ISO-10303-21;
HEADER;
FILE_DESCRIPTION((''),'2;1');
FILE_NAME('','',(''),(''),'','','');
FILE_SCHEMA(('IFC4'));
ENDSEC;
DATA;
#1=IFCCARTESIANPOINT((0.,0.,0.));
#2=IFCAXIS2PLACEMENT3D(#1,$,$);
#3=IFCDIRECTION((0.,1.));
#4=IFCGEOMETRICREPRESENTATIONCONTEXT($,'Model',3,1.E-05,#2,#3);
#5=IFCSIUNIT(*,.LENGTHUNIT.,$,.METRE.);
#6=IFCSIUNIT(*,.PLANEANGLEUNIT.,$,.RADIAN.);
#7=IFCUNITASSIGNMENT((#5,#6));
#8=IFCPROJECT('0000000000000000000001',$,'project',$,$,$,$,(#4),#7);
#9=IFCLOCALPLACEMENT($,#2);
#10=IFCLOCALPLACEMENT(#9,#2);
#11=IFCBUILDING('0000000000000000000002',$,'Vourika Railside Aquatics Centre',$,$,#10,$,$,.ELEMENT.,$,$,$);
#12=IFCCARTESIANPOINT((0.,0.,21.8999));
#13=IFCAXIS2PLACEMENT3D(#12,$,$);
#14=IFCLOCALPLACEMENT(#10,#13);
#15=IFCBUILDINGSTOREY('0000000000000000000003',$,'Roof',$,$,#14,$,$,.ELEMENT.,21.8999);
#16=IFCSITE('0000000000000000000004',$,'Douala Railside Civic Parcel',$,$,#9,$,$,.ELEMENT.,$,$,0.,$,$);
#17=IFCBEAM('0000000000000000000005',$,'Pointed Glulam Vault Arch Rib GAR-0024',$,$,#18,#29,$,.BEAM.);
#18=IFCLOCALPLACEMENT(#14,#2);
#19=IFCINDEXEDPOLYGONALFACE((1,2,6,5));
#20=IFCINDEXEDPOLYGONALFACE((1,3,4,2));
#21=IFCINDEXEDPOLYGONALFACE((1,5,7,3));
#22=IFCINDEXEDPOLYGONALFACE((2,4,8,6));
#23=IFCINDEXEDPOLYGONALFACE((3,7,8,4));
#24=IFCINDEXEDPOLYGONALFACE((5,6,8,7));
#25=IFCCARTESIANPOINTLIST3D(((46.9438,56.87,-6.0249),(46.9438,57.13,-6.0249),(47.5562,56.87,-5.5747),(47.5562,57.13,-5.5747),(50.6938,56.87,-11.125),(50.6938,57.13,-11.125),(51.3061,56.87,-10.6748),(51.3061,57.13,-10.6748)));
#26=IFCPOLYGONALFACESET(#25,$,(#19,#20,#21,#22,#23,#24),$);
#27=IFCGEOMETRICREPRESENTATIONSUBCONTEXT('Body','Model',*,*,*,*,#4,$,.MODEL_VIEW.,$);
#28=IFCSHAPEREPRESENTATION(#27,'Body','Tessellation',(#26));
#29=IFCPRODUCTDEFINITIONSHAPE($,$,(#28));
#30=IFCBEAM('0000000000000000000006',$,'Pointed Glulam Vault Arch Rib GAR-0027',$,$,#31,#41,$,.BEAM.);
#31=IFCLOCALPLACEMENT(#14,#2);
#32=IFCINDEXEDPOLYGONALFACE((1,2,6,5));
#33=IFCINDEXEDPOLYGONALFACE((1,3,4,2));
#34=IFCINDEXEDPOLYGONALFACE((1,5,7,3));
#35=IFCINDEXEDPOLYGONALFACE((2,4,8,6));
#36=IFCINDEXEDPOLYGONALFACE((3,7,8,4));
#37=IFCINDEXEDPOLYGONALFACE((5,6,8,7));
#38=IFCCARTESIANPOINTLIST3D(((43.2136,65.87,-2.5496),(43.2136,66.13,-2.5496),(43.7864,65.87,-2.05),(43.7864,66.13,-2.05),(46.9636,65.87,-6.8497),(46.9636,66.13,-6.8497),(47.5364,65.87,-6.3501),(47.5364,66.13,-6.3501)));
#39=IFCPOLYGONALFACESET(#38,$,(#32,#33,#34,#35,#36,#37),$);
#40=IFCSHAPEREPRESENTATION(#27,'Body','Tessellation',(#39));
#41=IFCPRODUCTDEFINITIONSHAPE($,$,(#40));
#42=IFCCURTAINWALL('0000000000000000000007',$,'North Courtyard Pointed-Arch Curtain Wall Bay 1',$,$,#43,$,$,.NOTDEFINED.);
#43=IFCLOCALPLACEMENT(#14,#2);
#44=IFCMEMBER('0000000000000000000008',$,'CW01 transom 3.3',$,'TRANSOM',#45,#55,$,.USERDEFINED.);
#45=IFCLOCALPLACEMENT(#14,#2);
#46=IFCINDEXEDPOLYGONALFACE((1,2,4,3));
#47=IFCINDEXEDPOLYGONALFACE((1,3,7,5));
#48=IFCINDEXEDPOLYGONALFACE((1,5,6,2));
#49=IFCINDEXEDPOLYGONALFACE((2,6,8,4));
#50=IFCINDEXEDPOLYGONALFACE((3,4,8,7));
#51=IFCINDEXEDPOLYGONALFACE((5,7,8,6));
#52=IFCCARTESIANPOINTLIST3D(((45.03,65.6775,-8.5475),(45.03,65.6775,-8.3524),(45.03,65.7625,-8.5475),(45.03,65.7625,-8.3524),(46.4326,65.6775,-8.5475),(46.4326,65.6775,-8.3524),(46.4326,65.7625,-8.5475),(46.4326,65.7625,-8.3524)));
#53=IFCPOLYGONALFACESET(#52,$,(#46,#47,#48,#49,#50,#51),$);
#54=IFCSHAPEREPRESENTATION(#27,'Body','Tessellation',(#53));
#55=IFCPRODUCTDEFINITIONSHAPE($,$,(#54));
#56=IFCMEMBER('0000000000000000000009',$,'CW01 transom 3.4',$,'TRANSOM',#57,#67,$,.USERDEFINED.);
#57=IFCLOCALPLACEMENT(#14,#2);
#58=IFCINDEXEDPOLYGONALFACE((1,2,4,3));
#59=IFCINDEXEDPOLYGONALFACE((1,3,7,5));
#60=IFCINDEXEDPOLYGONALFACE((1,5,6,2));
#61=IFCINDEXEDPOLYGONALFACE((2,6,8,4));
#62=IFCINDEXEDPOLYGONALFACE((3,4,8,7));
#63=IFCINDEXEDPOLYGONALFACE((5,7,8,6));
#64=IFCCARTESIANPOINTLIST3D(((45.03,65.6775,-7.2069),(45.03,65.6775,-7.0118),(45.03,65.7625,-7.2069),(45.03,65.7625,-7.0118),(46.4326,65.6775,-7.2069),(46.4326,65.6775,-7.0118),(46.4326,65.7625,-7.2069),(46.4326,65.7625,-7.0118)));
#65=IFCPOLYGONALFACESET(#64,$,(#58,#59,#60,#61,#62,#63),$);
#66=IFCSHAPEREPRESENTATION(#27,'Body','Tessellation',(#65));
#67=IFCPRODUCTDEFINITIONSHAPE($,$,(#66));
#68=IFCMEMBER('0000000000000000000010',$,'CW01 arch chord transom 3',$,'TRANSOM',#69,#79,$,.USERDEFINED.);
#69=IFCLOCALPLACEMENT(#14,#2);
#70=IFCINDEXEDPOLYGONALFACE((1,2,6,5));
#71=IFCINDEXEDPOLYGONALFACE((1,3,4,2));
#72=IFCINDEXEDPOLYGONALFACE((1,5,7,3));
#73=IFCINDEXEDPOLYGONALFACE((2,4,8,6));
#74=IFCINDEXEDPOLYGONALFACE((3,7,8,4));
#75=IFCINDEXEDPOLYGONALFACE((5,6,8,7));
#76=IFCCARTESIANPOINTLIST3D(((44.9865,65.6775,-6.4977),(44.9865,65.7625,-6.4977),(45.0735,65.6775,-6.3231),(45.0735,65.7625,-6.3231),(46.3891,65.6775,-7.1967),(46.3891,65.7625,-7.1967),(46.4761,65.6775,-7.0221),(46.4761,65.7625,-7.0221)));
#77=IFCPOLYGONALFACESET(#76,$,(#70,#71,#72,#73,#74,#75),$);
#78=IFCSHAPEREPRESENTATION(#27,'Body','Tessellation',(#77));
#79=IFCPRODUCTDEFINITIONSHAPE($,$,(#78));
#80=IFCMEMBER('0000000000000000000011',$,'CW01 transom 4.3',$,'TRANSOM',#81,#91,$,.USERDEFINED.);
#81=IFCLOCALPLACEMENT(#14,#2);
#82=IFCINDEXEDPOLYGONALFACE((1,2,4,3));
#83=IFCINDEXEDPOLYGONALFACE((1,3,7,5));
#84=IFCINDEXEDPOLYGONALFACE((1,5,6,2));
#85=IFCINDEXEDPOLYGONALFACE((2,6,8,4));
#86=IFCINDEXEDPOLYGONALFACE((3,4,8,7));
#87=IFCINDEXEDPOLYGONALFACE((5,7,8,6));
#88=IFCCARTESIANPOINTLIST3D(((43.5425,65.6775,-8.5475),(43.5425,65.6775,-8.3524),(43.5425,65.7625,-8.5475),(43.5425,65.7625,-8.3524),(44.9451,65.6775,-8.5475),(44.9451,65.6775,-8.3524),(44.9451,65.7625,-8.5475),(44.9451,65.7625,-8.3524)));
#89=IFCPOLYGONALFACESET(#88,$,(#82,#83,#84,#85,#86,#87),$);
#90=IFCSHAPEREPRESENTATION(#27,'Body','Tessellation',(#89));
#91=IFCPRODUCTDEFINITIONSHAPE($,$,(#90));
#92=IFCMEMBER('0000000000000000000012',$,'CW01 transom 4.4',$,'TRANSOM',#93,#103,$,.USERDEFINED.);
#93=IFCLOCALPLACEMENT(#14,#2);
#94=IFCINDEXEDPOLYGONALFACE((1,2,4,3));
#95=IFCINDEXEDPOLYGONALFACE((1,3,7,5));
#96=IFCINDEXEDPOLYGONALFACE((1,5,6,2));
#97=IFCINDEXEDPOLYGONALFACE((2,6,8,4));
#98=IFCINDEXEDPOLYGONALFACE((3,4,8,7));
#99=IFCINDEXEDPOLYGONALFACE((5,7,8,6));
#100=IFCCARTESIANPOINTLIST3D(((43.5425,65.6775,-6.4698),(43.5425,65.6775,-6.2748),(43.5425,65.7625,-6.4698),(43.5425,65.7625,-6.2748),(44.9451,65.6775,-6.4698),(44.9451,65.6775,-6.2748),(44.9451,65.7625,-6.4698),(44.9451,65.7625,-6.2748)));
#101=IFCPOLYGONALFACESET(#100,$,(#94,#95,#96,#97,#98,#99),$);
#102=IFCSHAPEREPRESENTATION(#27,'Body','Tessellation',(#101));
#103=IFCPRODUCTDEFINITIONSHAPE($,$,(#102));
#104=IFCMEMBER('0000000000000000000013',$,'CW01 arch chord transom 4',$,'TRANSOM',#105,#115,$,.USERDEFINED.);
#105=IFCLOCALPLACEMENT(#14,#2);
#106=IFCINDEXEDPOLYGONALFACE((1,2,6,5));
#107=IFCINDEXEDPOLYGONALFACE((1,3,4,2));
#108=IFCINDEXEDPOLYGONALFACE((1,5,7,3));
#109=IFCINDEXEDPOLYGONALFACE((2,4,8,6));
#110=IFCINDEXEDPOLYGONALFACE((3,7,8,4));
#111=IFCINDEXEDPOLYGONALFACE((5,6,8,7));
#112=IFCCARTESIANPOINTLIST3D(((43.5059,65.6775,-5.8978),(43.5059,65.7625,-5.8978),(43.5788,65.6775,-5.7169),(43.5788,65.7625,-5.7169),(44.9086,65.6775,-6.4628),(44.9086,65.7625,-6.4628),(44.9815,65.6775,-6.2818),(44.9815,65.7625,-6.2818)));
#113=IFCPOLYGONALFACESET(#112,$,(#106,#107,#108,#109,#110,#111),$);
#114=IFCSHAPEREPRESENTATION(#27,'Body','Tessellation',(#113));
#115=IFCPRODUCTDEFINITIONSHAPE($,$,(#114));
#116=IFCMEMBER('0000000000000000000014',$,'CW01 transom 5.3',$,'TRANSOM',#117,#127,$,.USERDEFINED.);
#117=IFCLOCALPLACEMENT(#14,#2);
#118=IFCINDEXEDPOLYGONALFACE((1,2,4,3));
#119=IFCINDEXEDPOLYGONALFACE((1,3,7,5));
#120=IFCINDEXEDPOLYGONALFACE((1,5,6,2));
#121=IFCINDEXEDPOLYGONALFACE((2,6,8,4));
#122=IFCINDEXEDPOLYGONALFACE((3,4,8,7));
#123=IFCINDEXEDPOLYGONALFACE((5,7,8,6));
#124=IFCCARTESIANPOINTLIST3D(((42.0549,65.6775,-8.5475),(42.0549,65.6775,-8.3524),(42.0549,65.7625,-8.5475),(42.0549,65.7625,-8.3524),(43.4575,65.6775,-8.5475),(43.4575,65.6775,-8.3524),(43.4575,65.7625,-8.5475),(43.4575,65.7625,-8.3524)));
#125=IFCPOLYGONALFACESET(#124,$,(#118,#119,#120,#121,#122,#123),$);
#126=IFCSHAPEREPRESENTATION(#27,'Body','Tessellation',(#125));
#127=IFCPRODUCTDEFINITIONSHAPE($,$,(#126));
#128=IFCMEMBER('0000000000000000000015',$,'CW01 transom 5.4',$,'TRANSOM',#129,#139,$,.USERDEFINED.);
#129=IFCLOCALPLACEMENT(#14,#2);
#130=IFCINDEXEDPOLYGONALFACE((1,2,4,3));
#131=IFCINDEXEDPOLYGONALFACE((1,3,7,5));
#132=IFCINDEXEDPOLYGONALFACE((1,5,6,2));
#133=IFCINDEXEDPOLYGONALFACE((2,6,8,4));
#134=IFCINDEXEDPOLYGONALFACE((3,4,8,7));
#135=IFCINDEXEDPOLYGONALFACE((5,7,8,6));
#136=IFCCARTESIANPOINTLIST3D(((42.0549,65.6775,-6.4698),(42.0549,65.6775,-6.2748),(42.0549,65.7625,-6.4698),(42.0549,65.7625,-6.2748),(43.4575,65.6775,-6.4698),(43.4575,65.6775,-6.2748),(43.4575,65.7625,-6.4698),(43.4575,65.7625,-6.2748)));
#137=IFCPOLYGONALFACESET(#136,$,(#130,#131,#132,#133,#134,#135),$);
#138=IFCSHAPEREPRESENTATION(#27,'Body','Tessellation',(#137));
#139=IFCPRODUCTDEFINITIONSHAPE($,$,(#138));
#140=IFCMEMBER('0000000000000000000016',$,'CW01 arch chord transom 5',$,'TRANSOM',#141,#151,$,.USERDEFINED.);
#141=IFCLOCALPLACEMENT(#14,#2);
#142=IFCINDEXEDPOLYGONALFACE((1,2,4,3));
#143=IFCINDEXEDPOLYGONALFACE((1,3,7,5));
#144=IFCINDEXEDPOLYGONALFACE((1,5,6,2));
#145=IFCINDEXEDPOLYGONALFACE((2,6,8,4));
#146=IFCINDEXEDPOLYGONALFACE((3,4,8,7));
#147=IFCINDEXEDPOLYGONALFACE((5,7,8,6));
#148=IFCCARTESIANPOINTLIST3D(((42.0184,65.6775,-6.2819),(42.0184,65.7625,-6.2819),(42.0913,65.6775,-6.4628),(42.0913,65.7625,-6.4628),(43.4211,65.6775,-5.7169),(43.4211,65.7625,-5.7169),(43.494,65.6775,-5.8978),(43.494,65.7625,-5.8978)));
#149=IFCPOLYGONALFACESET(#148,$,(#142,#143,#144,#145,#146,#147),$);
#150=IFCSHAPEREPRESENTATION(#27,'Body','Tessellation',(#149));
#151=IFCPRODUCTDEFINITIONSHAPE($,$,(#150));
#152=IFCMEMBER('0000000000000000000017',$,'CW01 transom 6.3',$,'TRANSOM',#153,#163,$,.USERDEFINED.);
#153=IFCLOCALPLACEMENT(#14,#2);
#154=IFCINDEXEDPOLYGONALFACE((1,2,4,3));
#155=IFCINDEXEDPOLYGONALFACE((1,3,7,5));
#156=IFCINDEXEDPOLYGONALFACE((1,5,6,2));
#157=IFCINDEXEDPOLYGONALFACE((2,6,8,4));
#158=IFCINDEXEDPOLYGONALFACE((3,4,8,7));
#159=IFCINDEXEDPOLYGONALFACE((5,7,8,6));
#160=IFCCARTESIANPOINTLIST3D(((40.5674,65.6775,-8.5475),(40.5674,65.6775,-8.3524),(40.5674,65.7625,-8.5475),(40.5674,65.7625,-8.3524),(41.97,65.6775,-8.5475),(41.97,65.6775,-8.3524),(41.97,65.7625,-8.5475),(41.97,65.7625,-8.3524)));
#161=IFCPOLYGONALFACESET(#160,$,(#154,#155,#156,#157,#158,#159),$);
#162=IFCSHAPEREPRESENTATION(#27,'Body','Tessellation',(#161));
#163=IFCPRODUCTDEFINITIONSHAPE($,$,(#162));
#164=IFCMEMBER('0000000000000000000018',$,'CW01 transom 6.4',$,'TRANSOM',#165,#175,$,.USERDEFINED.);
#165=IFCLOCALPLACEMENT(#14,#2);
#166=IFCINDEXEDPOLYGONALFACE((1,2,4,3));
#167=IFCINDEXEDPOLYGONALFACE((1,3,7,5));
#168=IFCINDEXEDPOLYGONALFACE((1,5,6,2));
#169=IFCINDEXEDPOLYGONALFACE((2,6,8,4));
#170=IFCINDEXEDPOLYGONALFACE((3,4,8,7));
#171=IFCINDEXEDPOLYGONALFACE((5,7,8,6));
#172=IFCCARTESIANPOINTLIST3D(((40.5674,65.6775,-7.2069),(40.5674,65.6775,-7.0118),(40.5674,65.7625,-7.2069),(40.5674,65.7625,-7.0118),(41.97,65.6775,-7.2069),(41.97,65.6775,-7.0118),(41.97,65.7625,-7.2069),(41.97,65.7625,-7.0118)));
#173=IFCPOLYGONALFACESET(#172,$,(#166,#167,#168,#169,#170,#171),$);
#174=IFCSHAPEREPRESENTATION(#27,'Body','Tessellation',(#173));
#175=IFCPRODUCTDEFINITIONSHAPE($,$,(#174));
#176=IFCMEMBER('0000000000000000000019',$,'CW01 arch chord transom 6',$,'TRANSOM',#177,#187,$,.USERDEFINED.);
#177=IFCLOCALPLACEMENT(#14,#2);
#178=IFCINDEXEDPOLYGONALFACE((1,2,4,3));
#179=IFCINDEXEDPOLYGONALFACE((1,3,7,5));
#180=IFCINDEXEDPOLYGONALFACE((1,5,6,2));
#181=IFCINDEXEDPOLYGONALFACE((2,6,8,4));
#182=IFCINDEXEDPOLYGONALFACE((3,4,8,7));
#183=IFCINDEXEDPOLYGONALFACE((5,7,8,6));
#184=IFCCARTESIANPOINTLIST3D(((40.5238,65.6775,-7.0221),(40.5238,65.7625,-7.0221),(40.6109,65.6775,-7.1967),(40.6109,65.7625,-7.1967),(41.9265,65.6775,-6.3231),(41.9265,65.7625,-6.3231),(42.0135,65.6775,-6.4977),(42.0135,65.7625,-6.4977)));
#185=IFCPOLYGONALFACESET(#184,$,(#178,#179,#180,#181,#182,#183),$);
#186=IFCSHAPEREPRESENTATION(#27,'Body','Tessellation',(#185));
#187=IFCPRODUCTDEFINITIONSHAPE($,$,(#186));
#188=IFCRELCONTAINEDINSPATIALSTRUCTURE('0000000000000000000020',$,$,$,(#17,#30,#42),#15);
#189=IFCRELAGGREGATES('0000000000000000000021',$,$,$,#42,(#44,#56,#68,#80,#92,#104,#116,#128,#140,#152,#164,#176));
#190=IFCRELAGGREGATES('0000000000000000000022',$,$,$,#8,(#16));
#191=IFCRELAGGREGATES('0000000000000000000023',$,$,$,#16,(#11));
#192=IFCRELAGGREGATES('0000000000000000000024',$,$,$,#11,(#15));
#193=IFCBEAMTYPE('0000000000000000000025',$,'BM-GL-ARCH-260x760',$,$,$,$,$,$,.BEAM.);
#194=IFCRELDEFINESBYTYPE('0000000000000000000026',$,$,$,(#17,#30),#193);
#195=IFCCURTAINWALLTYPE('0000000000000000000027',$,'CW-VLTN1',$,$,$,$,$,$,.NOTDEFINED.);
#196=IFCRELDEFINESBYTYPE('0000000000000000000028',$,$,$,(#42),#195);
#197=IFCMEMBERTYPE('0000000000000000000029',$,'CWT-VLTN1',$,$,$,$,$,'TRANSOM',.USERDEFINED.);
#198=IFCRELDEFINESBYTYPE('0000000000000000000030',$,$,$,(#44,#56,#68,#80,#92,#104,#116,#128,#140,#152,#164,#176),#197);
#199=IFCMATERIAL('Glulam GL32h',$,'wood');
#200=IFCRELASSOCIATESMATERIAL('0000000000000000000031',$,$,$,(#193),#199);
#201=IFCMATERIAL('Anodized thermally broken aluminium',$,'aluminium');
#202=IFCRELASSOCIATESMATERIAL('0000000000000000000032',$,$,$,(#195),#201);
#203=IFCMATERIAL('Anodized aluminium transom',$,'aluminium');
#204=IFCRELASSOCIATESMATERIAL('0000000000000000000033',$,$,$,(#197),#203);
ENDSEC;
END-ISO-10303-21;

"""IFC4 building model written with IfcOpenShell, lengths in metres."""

from ifc_helpers import new_model, si_unit, direction, frame, origin, origin_2d, place, context, subcontext, project, spatial, rectangle, extrude, material, material_profile, profile_set, type_object, element, aggregate, save


model = new_model("IFC4")

# Units and contexts
model_context = context("Model", 3, precision=1e-05, world=origin(), true_north=direction((0.0, 1.0)))
body_context = subcontext(model_context, "Body", "Model", "MODEL_VIEW")
ifc_project = project(units=[si_unit("LENGTHUNIT", "METRE"), si_unit("PLANEANGLEUNIT", "RADIAN")], contexts=[model_context])

# Site, building, storey
site_placement = place(None, origin())
site = spatial("IfcSite", under=ifc_project, at=site_placement, Name="Douala Railside Civic Parcel", CompositionType="ELEMENT", RefElevation=0.0)
building_placement = place(site_placement, origin())
building = spatial("IfcBuilding", under=site, at=building_placement, Name="Vourika Railside Aquatics Centre", CompositionType="ELEMENT")
storey_placement = place(building_placement, frame((0.0, 0.0, 21.8999)))
storey = spatial("IfcBuildingStorey", under=building, at=storey_placement, Name="Roof", CompositionType="ELEMENT", Elevation=21.8999)

# Beams
ifc_material_1 = material(Name="Glulam GL32h", Category="wood")
ifc_material_profile_1 = material_profile(ifc_material_1, rectangle(XDim=0.26, YDim=0.76, at=origin_2d()), Name="GL32h 260x760")
ifc_profile_set_1 = profile_set([ifc_material_profile_1], Name="Glulam GL32h")
beam_type = type_object("IfcBeamType", Name="BM-GL-ARCH-260x760", PredefinedType="BEAM", material=ifc_profile_set_1)
beam_1_placement = place(storey_placement, frame((47.25, 57.0, -5.7998), z_axis=(0.592383, 0.0, -0.805656), x_axis=(0.0, 1.0, 0.0)))
element("IfcBeam", 1, at=beam_1_placement, inside=storey, type_object=beam_type, Name="Pointed Glulam Vault Arch Rib GAR-0024", PredefinedType="BEAM", context=body_context, shape_type="SweptSolid", body=[
    extrude(rectangle(XDim=0.26, YDim=0.76, at=origin_2d()), origin(), (0.0, 0.0, 1.0), 6.3303),
])
beam_2_placement = place(storey_placement, frame((43.5, 66.0, -2.2998), z_axis=(0.657259, 0.0, -0.753665), x_axis=(0.0, 1.0, 0.0)))
element("IfcBeam", 2, at=beam_2_placement, inside=storey, type_object=beam_type, Name="Pointed Glulam Vault Arch Rib GAR-0027", PredefinedType="BEAM", context=body_context, shape_type="SweptSolid", body=[
    extrude(rectangle(XDim=0.26, YDim=0.76, at=origin_2d()), origin(), (0.0, 0.0, 1.0), 5.7056),
])

# Curtain wall, members
ifc_material_2 = material(Name="Anodized thermally broken aluminium", Category="aluminium")
curtain_wall_type = type_object("IfcCurtainWallType", Name="CW-VLTN1", PredefinedType="NOTDEFINED", material=ifc_material_2)
curtain_wall_placement = place(storey_placement, origin())
curtain_wall = element("IfcCurtainWall", 3, at=curtain_wall_placement, inside=storey, type_object=curtain_wall_type, Name="North Courtyard Pointed-Arch Curtain Wall Bay 1", PredefinedType="NOTDEFINED")
ifc_material_3 = material(Name="Anodized aluminium transom", Category="aluminium")
ifc_material_profile_2 = material_profile(ifc_material_3, rectangle(XDim=0.085, YDim=0.1951, at=origin_2d()), Name="ALU-T 85x195")
ifc_profile_set_2 = profile_set([ifc_material_profile_2], Name="Anodized aluminium transom")
member_type_1 = type_object("IfcMemberType", Name="CWT-VLTN1", ElementType="TRANSOM", PredefinedType="USERDEFINED", material=ifc_profile_set_2)
member_1_placement = place(storey_placement, frame((46.4326, 65.72, -8.45), z_axis=(-1.0, 0.0, 0.0), x_axis=(0.0, -1.0, 0.0)))
member_1 = element("IfcMember", 4, at=member_1_placement, type_object=member_type_1, Name="CW01 transom 3.3", ObjectType="TRANSOM", PredefinedType="USERDEFINED", context=body_context, shape_type="SweptSolid", body=[
    extrude(rectangle(XDim=0.085, YDim=0.1951, at=origin_2d()), origin(), (0.0, 0.0, 1.0), 1.4026),
])
member_2_placement = place(storey_placement, frame((46.4326, 65.72, -7.1094), z_axis=(-1.0, 0.0, 0.0), x_axis=(0.0, -1.0, 0.0)))
member_2 = element("IfcMember", 5, at=member_2_placement, type_object=member_type_1, Name="CW01 transom 3.4", ObjectType="TRANSOM", PredefinedType="USERDEFINED", context=body_context, shape_type="SweptSolid", body=[
    extrude(rectangle(XDim=0.085, YDim=0.1951, at=origin_2d()), origin(), (0.0, 0.0, 1.0), 1.4026),
])
member_3_placement = place(storey_placement, frame((46.4326, 65.72, -7.1094), z_axis=(-0.895018, 0.0, 0.446029), x_axis=(0.0, -1.0, 0.0)))
member_3 = element("IfcMember", 6, at=member_3_placement, type_object=member_type_1, Name="CW01 arch chord transom 3", ObjectType="TRANSOM", PredefinedType="USERDEFINED", context=body_context, shape_type="SweptSolid", body=[
    extrude(rectangle(XDim=0.085, YDim=0.1951, at=origin_2d()), origin(), (0.0, 0.0, 1.0), 1.5671),
])
member_4_placement = place(storey_placement, frame((44.9451, 65.72, -8.45), z_axis=(-1.0, 0.0, 0.0), x_axis=(0.0, -1.0, 0.0)))
member_4 = element("IfcMember", 7, at=member_4_placement, type_object=member_type_1, Name="CW01 transom 4.3", ObjectType="TRANSOM", PredefinedType="USERDEFINED", context=body_context, shape_type="SweptSolid", body=[
    extrude(rectangle(XDim=0.085, YDim=0.1951, at=origin_2d()), origin(), (0.0, 0.0, 1.0), 1.4026),
])
member_5_placement = place(storey_placement, frame((44.9451, 65.72, -6.3723), z_axis=(-1.0, 0.0, 0.0), x_axis=(0.0, -1.0, 0.0)))
member_5 = element("IfcMember", 8, at=member_5_placement, type_object=member_type_1, Name="CW01 transom 4.4", ObjectType="TRANSOM", PredefinedType="USERDEFINED", context=body_context, shape_type="SweptSolid", body=[
    extrude(rectangle(XDim=0.085, YDim=0.1951, at=origin_2d()), origin(), (0.0, 0.0, 1.0), 1.4026),
])
member_6_placement = place(storey_placement, frame((44.9451, 65.72, -6.3723), z_axis=(-0.927583, 0.0, 0.373617), x_axis=(0.0, -1.0, 0.0)))
member_6 = element("IfcMember", 9, at=member_6_placement, type_object=member_type_1, Name="CW01 arch chord transom 4", ObjectType="TRANSOM", PredefinedType="USERDEFINED", context=body_context, shape_type="SweptSolid", body=[
    extrude(rectangle(XDim=0.085, YDim=0.1951, at=origin_2d()), origin(), (0.0, 0.0, 1.0), 1.5122),
])
member_7_placement = place(storey_placement, frame((43.4575, 65.72, -8.45), z_axis=(-1.0, 0.0, 0.0), x_axis=(0.0, -1.0, 0.0)))
member_7 = element("IfcMember", 10, at=member_7_placement, type_object=member_type_1, Name="CW01 transom 5.3", ObjectType="TRANSOM", PredefinedType="USERDEFINED", context=body_context, shape_type="SweptSolid", body=[
    extrude(rectangle(XDim=0.085, YDim=0.1951, at=origin_2d()), origin(), (0.0, 0.0, 1.0), 1.4026),
])
member_8_placement = place(storey_placement, frame((43.4575, 65.72, -6.3723), z_axis=(-1.0, 0.0, 0.0), x_axis=(0.0, -1.0, 0.0)))
member_8 = element("IfcMember", 11, at=member_8_placement, type_object=member_type_1, Name="CW01 transom 5.4", ObjectType="TRANSOM", PredefinedType="USERDEFINED", context=body_context, shape_type="SweptSolid", body=[
    extrude(rectangle(XDim=0.085, YDim=0.1951, at=origin_2d()), origin(), (0.0, 0.0, 1.0), 1.4026),
])
member_9_placement = place(storey_placement, frame((43.4575, 65.72, -5.8074), z_axis=(-0.927583, 0.0, -0.373617), x_axis=(0.0, -1.0, 0.0)))
member_9 = element("IfcMember", 12, at=member_9_placement, type_object=member_type_1, Name="CW01 arch chord transom 5", ObjectType="TRANSOM", PredefinedType="USERDEFINED", context=body_context, shape_type="SweptSolid", body=[
    extrude(rectangle(XDim=0.085, YDim=0.1951, at=origin_2d()), origin(), (0.0, 0.0, 1.0), 1.5122),
])
member_10_placement = place(storey_placement, frame((41.97, 65.72, -8.45), z_axis=(-1.0, 0.0, 0.0), x_axis=(0.0, -1.0, 0.0)))
member_10 = element("IfcMember", 13, at=member_10_placement, type_object=member_type_1, Name="CW01 transom 6.3", ObjectType="TRANSOM", PredefinedType="USERDEFINED", context=body_context, shape_type="SweptSolid", body=[
    extrude(rectangle(XDim=0.085, YDim=0.1951, at=origin_2d()), origin(), (0.0, 0.0, 1.0), 1.4026),
])
member_11_placement = place(storey_placement, frame((41.97, 65.72, -7.1094), z_axis=(-1.0, 0.0, 0.0), x_axis=(0.0, -1.0, 0.0)))
member_11 = element("IfcMember", 14, at=member_11_placement, type_object=member_type_1, Name="CW01 transom 6.4", ObjectType="TRANSOM", PredefinedType="USERDEFINED", context=body_context, shape_type="SweptSolid", body=[
    extrude(rectangle(XDim=0.085, YDim=0.1951, at=origin_2d()), origin(), (0.0, 0.0, 1.0), 1.4026),
])
member_12_placement = place(storey_placement, frame((41.97, 65.72, -6.4104), z_axis=(-0.895018, 0.0, -0.446029), x_axis=(0.0, -1.0, 0.0)))
member_12 = element("IfcMember", 15, at=member_12_placement, type_object=member_type_1, Name="CW01 arch chord transom 6", ObjectType="TRANSOM", PredefinedType="USERDEFINED", context=body_context, shape_type="SweptSolid", body=[
    extrude(rectangle(XDim=0.085, YDim=0.1951, at=origin_2d()), origin(), (0.0, 0.0, 1.0), 1.5671),
])

aggregate(curtain_wall, [member_1, member_2, member_3, member_4, member_5, member_6, member_7, member_8, member_9, member_10, member_11, member_12])

save(model, "model.ifc")
